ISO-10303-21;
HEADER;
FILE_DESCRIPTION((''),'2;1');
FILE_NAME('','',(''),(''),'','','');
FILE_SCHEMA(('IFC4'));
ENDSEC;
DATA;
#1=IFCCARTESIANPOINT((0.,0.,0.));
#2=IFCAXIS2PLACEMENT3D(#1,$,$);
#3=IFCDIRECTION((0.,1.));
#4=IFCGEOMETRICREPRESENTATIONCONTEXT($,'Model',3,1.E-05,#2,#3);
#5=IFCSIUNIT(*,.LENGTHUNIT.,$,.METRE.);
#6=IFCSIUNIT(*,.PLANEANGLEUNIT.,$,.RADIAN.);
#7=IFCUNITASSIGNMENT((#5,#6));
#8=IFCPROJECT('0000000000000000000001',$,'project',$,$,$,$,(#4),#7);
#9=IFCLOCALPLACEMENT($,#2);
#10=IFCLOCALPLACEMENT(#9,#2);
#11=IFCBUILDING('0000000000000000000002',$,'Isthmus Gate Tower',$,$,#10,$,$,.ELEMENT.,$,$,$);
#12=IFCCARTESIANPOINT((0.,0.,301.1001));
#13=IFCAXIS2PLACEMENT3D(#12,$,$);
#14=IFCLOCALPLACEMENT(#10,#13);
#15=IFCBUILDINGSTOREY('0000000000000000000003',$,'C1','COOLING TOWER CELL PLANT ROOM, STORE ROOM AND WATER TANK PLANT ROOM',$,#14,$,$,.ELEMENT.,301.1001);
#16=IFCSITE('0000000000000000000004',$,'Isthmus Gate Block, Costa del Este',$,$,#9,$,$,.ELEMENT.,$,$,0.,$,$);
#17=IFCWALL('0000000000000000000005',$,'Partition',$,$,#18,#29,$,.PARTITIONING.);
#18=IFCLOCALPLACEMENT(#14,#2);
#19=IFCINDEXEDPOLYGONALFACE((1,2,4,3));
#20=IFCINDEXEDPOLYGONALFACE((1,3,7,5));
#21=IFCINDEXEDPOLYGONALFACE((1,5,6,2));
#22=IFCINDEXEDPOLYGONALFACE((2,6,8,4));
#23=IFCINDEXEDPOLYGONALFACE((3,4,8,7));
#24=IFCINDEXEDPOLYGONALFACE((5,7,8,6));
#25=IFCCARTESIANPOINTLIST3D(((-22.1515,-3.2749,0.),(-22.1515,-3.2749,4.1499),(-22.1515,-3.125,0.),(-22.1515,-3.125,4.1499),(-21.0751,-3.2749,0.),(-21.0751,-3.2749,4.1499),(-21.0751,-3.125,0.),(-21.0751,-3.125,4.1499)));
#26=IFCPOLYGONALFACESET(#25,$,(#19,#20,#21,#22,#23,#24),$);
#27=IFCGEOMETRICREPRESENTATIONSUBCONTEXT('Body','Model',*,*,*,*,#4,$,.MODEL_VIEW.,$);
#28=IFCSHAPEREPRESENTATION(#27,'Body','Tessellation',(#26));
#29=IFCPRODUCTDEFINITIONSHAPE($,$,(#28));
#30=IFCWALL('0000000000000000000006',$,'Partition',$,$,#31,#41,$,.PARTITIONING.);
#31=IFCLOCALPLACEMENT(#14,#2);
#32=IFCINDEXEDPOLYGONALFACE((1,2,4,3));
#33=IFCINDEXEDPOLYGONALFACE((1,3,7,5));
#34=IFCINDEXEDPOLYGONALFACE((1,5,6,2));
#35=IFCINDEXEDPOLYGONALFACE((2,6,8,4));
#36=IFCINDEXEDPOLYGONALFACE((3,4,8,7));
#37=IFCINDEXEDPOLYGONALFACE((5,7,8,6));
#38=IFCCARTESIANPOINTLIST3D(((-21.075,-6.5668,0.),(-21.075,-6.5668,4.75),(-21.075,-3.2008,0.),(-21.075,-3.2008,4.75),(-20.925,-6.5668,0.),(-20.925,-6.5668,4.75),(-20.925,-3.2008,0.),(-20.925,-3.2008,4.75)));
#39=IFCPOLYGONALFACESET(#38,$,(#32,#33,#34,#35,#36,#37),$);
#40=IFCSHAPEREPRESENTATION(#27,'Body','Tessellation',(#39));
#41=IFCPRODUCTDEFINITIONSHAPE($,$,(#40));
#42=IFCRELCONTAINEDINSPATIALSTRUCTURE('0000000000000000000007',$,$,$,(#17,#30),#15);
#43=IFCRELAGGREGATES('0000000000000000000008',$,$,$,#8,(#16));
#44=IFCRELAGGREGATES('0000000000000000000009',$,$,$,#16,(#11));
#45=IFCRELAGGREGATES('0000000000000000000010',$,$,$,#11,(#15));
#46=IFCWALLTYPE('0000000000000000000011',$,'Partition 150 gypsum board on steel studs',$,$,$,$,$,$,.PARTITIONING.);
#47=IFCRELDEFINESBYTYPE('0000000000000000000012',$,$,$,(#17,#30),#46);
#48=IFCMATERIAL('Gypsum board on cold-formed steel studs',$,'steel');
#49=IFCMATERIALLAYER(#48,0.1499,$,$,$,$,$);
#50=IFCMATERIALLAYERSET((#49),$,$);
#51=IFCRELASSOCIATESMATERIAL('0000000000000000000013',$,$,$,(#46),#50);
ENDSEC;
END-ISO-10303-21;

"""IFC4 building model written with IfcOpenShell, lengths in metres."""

from ifc_helpers import new_model, si_unit, direction, frame, frame_2d, origin, place, context, subcontext, project, spatial, rectangle, extrude, material, layer, layer_set, type_object, element, save


model = new_model("IFC4")

# Units and contexts
model_context = context("Model", 3, precision=1e-05, world=origin(), true_north=direction((0.0, 1.0)))
body_context = subcontext(model_context, "Body", "Model", "MODEL_VIEW")
ifc_project = project(units=[si_unit("LENGTHUNIT", "METRE"), si_unit("PLANEANGLEUNIT", "RADIAN")], contexts=[model_context])

# Site, building, storey
site_placement = place(None, origin())
site = spatial("IfcSite", under=ifc_project, at=site_placement, Name="Isthmus Gate Block, Costa del Este", CompositionType="ELEMENT", RefElevation=0.0)
building_placement = place(site_placement, origin())
building = spatial("IfcBuilding", under=site, at=building_placement, Name="Isthmus Gate Tower", CompositionType="ELEMENT")
storey_placement = place(building_placement, frame((0.0, 0.0, 301.1001)))
storey = spatial("IfcBuildingStorey", under=building, at=storey_placement, Name="C1", Description="COOLING TOWER CELL PLANT ROOM, STORE ROOM AND WATER TANK PLANT ROOM", CompositionType="ELEMENT", Elevation=301.1001)

# Walls
ifc_material_1 = material(Name="Gypsum board on cold-formed steel studs", Category="steel")
ifc_layer_1 = layer(ifc_material_1, 0.1499)
ifc_layer_set_1 = layer_set([ifc_layer_1])
wall_type_1 = type_object("IfcWallType", Name="Partition 150 gypsum board on steel studs", PredefinedType="PARTITIONING", material=ifc_layer_set_1)
wall_1_placement = place(storey_placement, frame((-22.1514, -3.2, 0.0), z_axis=(0.0, 0.0, 1.0), x_axis=(1.0, 0.0, 0.0)))
element("IfcWall", 1, at=wall_1_placement, inside=storey, type_object=wall_type_1, Name="Partition", PredefinedType="PARTITIONING", context=body_context, shape_type="SweptSolid", body=[
    extrude(rectangle(XDim=1.0764, YDim=0.1499, at=frame_2d((0.5381, 0.0))), origin(), (0.0, 0.0, 1.0), 4.1499),
])
wall_2_placement = place(storey_placement, frame((-21.0, -6.5669, 0.0), z_axis=(0.0, 0.0, 1.0), x_axis=(0.0, 1.0, 0.0)))
element("IfcWall", 2, at=wall_2_placement, inside=storey, type_object=wall_type_1, Name="Partition", PredefinedType="PARTITIONING", context=body_context, shape_type="SweptSolid", body=[
    extrude(rectangle(XDim=3.366, YDim=0.1499, at=frame_2d((1.6831, 0.0))), origin(), (0.0, 0.0, 1.0), 4.75),
])

save(model, "model.ifc")
